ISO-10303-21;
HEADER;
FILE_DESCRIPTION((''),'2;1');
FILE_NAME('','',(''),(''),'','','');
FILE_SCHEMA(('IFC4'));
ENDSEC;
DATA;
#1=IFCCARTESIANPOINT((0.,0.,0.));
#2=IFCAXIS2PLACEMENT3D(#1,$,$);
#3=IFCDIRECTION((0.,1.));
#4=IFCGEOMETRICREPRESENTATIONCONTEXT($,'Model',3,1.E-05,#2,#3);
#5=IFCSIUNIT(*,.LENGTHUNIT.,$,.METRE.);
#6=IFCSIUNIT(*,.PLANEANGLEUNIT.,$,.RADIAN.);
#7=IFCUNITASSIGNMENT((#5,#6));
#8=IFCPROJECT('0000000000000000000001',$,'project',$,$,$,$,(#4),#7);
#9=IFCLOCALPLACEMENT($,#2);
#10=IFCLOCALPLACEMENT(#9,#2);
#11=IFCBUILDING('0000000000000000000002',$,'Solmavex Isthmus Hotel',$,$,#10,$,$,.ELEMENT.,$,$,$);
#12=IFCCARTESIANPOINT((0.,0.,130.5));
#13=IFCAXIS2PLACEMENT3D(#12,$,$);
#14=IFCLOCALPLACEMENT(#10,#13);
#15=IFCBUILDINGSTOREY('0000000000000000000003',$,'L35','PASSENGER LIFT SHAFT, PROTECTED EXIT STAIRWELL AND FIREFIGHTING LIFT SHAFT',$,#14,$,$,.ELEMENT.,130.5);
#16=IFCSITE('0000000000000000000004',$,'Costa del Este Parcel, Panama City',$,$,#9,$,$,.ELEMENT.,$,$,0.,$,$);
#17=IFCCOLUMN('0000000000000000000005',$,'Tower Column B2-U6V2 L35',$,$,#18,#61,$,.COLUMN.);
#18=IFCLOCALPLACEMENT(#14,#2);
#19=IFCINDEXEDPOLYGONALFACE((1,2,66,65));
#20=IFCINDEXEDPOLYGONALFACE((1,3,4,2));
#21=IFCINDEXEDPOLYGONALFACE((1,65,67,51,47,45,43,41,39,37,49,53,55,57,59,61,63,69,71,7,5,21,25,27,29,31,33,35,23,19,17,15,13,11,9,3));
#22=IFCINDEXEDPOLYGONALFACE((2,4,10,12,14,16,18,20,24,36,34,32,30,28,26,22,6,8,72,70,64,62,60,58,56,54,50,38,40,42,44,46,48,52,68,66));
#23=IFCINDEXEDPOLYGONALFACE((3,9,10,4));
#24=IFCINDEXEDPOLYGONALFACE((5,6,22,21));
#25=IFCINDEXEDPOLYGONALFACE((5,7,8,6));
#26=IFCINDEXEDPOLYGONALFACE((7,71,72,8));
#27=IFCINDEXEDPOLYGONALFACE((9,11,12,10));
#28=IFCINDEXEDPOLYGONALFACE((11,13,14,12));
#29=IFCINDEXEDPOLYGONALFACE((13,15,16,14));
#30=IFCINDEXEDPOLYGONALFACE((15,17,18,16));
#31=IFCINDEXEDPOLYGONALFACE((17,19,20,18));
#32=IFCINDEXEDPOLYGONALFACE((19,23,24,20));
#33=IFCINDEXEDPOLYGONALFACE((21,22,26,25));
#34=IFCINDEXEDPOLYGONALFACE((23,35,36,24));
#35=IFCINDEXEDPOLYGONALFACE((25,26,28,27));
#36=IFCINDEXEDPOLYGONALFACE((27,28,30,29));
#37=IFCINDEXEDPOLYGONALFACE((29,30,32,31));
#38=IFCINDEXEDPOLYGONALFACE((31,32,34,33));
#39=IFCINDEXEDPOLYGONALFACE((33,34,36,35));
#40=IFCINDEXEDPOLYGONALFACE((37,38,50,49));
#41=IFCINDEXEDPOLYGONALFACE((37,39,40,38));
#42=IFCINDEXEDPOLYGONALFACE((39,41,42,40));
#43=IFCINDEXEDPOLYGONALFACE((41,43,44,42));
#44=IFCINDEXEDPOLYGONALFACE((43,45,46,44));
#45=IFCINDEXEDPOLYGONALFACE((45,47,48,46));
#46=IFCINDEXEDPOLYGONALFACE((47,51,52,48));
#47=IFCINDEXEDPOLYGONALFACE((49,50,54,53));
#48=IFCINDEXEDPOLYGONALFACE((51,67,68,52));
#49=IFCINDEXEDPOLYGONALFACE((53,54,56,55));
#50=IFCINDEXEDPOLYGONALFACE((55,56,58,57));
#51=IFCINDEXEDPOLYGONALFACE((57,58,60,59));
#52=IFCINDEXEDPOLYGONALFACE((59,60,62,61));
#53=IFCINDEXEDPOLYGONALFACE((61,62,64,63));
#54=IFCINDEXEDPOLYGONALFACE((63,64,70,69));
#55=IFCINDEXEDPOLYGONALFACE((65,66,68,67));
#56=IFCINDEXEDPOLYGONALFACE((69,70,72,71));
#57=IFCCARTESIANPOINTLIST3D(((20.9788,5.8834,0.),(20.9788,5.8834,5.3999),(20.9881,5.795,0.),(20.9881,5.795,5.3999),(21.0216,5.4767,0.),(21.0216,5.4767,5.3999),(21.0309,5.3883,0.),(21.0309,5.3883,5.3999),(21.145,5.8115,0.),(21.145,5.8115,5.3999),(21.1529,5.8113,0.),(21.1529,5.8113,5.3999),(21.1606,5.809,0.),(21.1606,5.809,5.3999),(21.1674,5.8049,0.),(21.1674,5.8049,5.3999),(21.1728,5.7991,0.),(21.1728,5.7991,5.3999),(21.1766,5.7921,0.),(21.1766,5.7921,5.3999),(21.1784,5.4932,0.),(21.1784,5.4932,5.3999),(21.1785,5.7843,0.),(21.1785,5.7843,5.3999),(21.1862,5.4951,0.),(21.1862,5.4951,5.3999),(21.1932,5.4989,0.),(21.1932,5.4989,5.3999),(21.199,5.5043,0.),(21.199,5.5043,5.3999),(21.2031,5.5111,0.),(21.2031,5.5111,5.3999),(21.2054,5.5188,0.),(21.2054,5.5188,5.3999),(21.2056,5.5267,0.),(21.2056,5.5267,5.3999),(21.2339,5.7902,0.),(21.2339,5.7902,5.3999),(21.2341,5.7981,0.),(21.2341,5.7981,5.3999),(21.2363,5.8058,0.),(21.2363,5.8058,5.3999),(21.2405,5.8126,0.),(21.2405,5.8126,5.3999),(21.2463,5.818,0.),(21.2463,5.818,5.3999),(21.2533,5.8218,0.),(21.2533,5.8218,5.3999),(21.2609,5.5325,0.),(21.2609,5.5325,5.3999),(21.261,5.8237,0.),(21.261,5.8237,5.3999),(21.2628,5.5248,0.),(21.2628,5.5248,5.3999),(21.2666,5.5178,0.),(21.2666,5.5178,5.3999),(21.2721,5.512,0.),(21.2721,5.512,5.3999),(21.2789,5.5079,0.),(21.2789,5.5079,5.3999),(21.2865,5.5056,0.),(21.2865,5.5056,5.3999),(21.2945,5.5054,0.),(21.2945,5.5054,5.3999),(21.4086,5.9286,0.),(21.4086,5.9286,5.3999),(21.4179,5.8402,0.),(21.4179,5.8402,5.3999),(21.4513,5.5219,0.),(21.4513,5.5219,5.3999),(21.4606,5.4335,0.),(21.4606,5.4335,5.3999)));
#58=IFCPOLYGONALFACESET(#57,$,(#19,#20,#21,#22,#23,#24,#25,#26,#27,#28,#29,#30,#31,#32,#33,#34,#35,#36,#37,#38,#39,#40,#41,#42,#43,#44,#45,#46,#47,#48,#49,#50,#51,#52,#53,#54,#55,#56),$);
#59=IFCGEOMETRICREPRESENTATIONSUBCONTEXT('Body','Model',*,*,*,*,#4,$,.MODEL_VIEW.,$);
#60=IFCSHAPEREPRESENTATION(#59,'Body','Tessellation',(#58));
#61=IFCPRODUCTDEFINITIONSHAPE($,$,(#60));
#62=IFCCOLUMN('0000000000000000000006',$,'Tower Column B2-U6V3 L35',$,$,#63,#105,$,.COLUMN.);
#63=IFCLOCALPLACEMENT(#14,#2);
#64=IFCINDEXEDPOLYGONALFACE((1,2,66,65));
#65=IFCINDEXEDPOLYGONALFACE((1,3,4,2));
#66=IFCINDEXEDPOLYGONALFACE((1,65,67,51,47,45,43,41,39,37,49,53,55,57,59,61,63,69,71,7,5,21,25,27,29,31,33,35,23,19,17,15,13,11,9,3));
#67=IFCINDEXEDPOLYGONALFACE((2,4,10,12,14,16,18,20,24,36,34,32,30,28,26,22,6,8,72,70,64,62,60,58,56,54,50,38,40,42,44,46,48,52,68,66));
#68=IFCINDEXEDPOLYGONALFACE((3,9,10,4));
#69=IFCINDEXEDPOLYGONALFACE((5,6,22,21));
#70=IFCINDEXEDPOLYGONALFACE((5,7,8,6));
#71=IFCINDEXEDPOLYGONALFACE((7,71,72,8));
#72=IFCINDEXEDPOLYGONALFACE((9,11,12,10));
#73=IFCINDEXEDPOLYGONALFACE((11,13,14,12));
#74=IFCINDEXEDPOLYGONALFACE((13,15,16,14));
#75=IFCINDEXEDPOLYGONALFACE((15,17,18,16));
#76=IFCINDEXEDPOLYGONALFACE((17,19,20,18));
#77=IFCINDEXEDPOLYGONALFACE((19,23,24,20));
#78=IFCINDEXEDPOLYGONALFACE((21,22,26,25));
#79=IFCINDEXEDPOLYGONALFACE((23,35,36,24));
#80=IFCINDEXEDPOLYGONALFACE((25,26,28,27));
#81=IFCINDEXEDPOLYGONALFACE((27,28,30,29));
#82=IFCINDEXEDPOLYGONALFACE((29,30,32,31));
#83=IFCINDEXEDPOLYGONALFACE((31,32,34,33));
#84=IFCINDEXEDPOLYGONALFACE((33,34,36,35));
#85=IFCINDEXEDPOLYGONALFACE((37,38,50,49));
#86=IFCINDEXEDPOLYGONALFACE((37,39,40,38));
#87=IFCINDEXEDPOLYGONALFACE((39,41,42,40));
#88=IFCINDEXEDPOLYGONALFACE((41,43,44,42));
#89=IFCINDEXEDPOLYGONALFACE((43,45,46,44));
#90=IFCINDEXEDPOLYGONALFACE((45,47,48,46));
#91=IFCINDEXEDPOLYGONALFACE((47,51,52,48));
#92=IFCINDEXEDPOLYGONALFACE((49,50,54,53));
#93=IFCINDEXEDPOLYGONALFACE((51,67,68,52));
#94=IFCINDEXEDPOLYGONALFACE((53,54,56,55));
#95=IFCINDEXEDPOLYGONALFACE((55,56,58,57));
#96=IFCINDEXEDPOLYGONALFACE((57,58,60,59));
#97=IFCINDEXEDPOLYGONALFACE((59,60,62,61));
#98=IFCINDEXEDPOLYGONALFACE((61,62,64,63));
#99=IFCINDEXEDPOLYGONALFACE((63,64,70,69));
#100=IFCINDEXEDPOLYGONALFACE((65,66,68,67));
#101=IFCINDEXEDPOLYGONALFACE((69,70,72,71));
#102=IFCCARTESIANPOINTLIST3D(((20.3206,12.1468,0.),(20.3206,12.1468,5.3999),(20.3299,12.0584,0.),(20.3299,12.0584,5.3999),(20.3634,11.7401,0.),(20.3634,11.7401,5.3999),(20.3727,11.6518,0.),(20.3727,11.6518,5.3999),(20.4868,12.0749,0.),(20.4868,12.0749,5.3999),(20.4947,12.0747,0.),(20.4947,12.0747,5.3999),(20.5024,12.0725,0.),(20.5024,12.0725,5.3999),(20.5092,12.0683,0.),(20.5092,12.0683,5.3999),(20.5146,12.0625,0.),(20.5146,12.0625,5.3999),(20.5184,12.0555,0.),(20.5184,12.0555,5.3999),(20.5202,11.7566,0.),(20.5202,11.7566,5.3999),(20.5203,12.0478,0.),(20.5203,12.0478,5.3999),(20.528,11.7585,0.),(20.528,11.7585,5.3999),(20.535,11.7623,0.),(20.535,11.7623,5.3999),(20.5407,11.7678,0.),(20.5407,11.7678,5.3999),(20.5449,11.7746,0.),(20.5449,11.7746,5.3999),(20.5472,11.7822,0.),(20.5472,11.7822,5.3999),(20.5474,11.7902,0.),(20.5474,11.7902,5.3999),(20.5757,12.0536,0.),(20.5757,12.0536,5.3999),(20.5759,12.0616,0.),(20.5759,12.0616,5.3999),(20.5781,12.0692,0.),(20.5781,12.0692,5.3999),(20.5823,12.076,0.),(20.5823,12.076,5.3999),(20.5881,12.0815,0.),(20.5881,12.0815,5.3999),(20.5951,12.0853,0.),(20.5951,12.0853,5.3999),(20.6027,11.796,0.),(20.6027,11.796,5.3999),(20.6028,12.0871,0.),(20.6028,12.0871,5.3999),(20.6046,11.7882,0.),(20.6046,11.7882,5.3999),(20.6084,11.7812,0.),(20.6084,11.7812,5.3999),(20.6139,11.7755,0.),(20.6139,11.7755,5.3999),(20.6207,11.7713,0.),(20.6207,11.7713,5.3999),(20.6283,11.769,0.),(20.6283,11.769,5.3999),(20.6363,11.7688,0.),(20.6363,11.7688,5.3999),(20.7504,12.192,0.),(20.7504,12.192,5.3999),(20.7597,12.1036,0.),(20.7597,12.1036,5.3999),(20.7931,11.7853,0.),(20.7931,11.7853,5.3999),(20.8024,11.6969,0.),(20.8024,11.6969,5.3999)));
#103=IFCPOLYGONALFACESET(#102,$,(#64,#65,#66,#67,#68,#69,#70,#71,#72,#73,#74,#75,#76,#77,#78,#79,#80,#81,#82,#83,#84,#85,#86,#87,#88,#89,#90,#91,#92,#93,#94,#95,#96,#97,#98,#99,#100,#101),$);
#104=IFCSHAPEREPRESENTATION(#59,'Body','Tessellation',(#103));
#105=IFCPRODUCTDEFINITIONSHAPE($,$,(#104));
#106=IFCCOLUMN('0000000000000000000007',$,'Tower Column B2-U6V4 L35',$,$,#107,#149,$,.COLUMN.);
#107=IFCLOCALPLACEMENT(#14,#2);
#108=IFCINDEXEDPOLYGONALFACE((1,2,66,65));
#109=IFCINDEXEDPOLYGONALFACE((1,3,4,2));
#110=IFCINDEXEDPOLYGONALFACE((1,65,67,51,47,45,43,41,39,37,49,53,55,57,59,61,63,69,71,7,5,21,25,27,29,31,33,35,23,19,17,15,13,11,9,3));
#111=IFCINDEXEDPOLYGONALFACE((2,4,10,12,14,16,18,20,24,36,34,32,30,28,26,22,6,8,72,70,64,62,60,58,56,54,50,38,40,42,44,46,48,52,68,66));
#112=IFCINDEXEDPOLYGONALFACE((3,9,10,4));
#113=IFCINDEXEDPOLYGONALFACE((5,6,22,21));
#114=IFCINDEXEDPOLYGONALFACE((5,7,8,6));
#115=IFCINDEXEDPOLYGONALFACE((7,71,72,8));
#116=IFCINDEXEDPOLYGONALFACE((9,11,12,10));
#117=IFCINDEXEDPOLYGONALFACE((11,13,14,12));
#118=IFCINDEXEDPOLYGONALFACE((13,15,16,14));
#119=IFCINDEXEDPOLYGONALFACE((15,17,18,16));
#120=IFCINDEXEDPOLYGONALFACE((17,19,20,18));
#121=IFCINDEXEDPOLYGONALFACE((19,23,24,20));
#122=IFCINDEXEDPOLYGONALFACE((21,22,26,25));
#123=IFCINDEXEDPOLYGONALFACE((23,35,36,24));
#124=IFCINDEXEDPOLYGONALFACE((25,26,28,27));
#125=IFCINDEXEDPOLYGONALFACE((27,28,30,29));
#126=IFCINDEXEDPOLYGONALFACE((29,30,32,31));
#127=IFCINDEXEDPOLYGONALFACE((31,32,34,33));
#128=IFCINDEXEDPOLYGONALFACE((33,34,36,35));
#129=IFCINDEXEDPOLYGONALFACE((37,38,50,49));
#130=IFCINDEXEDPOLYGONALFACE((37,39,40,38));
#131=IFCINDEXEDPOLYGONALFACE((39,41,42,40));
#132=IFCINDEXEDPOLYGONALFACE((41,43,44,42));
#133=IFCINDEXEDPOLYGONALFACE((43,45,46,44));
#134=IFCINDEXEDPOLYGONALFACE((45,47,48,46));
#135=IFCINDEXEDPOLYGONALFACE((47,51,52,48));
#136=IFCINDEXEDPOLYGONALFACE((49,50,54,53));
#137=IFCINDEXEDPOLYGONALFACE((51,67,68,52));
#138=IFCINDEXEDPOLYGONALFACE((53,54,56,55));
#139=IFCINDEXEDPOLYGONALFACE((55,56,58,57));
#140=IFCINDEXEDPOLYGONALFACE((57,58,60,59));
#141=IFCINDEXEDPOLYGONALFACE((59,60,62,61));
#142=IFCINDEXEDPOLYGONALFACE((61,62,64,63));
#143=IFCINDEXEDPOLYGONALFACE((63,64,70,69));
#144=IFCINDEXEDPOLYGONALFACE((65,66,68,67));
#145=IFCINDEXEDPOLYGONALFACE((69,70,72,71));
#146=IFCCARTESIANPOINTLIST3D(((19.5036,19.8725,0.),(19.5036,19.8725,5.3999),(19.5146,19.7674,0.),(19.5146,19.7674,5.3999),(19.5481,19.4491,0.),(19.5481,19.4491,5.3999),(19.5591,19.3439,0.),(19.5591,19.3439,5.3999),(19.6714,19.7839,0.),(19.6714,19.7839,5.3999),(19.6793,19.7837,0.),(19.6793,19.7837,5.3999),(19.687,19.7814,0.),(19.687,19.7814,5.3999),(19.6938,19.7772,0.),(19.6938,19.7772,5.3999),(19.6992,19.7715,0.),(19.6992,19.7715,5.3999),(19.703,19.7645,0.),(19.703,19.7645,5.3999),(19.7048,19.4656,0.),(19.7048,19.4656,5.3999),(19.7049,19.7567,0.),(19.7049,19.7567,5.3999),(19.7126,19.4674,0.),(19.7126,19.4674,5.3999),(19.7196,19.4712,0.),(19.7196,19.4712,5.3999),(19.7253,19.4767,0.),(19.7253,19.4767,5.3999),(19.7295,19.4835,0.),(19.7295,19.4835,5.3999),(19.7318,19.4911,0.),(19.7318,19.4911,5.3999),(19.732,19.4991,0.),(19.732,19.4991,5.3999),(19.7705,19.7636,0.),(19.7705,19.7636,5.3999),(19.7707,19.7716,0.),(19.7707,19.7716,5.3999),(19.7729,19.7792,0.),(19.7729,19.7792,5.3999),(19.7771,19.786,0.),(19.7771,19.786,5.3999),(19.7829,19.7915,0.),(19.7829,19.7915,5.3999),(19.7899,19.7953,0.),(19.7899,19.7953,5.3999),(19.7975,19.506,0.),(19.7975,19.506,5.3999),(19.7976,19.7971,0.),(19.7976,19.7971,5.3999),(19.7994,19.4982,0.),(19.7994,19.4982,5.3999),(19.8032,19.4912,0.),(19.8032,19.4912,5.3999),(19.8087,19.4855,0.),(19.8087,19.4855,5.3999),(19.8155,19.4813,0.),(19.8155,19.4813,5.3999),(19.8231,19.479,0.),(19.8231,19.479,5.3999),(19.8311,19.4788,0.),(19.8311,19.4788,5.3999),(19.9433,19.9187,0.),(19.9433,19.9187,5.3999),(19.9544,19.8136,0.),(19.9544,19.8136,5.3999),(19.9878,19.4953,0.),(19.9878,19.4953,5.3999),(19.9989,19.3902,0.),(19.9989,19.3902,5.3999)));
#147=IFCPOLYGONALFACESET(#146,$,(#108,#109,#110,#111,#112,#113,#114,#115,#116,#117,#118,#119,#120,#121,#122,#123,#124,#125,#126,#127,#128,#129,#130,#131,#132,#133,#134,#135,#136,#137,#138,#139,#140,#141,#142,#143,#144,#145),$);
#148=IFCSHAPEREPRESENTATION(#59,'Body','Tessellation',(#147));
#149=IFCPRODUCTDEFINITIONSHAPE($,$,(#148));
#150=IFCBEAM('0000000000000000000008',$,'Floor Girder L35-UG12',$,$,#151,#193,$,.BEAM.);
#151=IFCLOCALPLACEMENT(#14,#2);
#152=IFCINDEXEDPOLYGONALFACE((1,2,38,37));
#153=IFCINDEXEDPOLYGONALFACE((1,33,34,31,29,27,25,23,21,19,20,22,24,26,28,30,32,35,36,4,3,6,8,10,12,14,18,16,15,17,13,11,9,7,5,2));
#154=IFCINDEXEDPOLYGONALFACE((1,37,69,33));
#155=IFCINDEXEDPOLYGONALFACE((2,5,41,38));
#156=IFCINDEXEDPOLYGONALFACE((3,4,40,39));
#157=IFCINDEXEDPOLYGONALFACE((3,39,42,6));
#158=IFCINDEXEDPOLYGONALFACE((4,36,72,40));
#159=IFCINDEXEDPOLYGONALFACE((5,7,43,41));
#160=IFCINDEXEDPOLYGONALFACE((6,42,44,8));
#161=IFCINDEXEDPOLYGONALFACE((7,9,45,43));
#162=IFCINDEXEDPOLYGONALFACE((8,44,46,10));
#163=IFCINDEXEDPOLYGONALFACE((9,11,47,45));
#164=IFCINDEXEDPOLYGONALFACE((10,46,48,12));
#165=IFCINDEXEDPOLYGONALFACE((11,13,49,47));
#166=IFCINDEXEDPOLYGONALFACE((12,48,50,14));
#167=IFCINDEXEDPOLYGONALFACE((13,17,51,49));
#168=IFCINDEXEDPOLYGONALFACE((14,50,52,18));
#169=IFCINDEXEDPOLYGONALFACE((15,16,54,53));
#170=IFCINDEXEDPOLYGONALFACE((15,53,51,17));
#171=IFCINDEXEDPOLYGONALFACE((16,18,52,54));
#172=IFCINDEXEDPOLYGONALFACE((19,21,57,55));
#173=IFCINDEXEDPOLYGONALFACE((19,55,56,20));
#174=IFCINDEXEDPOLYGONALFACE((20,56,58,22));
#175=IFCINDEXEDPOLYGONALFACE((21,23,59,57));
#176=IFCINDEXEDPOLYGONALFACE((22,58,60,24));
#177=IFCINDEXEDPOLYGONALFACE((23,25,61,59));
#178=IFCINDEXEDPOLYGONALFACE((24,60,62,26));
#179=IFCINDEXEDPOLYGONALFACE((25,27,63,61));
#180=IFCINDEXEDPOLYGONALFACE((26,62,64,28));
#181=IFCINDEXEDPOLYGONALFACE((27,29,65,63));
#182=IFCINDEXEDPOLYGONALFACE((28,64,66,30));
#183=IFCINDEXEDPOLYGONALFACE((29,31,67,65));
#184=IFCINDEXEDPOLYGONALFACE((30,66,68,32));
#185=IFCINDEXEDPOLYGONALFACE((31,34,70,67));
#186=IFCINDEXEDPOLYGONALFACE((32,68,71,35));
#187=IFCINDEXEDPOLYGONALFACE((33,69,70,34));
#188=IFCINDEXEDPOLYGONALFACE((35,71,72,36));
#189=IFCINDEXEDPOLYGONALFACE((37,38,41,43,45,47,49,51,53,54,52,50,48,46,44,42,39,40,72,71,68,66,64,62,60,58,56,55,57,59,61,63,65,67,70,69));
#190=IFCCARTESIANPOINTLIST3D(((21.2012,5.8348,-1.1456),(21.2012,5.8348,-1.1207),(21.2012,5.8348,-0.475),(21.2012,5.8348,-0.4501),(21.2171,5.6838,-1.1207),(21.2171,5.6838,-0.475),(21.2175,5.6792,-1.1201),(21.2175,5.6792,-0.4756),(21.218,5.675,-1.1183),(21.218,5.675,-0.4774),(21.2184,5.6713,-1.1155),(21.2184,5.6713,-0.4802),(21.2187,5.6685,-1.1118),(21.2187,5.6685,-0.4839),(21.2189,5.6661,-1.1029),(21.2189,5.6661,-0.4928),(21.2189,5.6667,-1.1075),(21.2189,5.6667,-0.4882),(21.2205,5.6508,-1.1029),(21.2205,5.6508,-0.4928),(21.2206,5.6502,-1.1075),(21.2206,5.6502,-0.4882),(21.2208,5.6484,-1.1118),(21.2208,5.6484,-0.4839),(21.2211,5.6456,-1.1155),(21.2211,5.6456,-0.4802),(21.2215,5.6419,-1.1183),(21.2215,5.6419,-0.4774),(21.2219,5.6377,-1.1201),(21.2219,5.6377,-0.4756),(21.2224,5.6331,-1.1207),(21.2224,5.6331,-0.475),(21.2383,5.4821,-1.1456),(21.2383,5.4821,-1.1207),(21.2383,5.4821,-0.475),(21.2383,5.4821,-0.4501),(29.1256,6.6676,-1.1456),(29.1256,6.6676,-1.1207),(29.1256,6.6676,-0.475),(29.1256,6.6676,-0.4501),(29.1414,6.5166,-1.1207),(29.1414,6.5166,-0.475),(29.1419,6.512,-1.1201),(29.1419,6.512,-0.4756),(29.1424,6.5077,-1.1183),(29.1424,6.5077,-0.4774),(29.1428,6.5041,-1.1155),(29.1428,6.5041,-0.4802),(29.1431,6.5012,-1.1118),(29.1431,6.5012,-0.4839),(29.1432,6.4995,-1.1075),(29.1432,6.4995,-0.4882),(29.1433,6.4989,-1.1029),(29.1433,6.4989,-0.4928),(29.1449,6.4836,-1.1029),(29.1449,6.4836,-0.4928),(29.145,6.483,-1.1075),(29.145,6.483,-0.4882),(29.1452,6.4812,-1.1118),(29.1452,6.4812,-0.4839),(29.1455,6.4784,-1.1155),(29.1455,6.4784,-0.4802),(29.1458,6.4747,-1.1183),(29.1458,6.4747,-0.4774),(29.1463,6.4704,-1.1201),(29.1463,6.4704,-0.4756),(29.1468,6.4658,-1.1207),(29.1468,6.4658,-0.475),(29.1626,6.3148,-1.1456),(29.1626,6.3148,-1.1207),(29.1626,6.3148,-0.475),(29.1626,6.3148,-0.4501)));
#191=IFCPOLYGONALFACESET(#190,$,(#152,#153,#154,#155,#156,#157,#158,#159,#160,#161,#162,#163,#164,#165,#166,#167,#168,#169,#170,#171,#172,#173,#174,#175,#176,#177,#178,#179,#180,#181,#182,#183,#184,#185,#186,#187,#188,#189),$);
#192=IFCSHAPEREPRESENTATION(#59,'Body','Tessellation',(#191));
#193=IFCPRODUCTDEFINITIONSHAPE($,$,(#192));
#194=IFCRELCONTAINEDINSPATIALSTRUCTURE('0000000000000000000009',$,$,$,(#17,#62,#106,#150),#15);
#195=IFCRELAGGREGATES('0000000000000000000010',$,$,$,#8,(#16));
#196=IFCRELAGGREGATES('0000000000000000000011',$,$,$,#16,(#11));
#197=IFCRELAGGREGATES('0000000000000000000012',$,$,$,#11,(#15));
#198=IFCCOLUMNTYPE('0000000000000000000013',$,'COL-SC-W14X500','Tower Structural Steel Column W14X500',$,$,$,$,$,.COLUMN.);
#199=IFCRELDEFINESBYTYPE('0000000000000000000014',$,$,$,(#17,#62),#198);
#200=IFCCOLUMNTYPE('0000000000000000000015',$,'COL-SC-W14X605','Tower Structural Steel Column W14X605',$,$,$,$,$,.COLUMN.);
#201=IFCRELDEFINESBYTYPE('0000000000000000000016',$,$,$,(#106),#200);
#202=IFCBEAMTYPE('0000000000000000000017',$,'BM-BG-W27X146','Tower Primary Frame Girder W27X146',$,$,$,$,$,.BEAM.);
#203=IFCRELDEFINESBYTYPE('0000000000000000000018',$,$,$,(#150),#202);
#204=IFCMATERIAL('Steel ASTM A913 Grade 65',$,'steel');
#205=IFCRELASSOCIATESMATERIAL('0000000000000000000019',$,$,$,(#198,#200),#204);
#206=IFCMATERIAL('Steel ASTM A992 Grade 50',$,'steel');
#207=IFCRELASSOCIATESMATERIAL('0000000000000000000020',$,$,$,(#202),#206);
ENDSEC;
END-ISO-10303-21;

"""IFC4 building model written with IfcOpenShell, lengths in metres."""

from ifc_helpers import new_model, si_unit, direction, frame, origin, origin_2d, place, context, subcontext, project, spatial, i_section, extrude, material, material_profile, profile_set, type_object, element, save


model = new_model("IFC4")

# Units and contexts
model_context = context("Model", 3, precision=1e-05, world=origin(), true_north=direction((0.0, 1.0)))
body_context = subcontext(model_context, "Body", "Model", "MODEL_VIEW")
ifc_project = project(units=[si_unit("LENGTHUNIT", "METRE"), si_unit("PLANEANGLEUNIT", "RADIAN")], contexts=[model_context])

# Site, building, storey
site_placement = place(None, origin())
site = spatial("IfcSite", under=ifc_project, at=site_placement, Name="Costa del Este Parcel, Panama City", CompositionType="ELEMENT", RefElevation=0.0)
building_placement = place(site_placement, origin())
building = spatial("IfcBuilding", under=site, at=building_placement, Name="Solmavex Isthmus Hotel", CompositionType="ELEMENT")
storey_placement = place(building_placement, frame((0.0, 0.0, 130.5)))
storey = spatial("IfcBuildingStorey", under=building, at=storey_placement, Name="L35", Description="PASSENGER LIFT SHAFT, PROTECTED EXIT STAIRWELL AND FIREFIGHTING LIFT SHAFT", CompositionType="ELEMENT", Elevation=130.5)

# Columns
ifc_material_1 = material(Name="Steel ASTM A913 Grade 65", Category="steel")
ifc_material_profile_1 = material_profile(ifc_material_1, i_section(OverallWidth=0.4321, OverallDepth=0.4978, WebThickness=0.0557, FlangeThickness=0.0889, FilletRadius=0.0305, at=origin_2d()), Name="W14X500")
ifc_profile_set_1 = profile_set([ifc_material_profile_1], Name="Steel ASTM A913 Grade 65")
column_type_1 = type_object("IfcColumnType", Name="COL-SC-W14X500", Description="Tower Structural Steel Column W14X500", PredefinedType="COLUMN", material=ifc_profile_set_1)
for number, where, z_axis, x_axis, name in (
    (1, (21.2197, 5.6584, 0.0), (0.0, 0.0, 1.0), (0.994522, 0.104528, 0.0), "Tower Column B2-U6V2 L35"),
    (2, (20.5615, 11.9219, 0.0), (0.0, 0.0, 1.0), (0.994522, 0.104528, 0.0), "Tower Column B2-U6V3 L35"),
):
    element("IfcColumn", number, at=place(storey_placement, frame(where, z_axis=z_axis, x_axis=x_axis)), inside=storey, type_object=column_type_1, Name=name, PredefinedType="COLUMN", context=body_context, shape_type="SweptSolid", body=[
        extrude(i_section(OverallWidth=0.4321, OverallDepth=0.4978, WebThickness=0.0557, FlangeThickness=0.0889, FilletRadius=0.0305, at=origin_2d()), origin(), (0.0, 0.0, 1.0), 5.3999),
    ])
ifc_material_profile_2 = material_profile(ifc_material_1, i_section(OverallWidth=0.4421, OverallDepth=0.5315, WebThickness=0.0659, FlangeThickness=0.1057, FilletRadius=0.0305, at=origin_2d()), Name="W14X605")
ifc_profile_set_2 = profile_set([ifc_material_profile_2], Name="Steel ASTM A913 Grade 65")
column_type_2 = type_object("IfcColumnType", Name="COL-SC-W14X605", Description="Tower Structural Steel Column W14X605", PredefinedType="COLUMN", material=ifc_profile_set_2)
column_placement = place(storey_placement, frame((19.7512, 19.6313, 0.0), z_axis=(0.0, 0.0, 1.0), x_axis=(0.994522, 0.104528, 0.0)))
element("IfcColumn", 3, at=column_placement, inside=storey, type_object=column_type_2, Name="Tower Column B2-U6V4 L35", PredefinedType="COLUMN", context=body_context, shape_type="SweptSolid", body=[
    extrude(i_section(OverallWidth=0.4421, OverallDepth=0.5315, WebThickness=0.0659, FlangeThickness=0.1057, FilletRadius=0.0305, at=origin_2d()), origin(), (0.0, 0.0, 1.0), 5.3999),
])

# Beam
ifc_material_2 = material(Name="Steel ASTM A992 Grade 50", Category="steel")
ifc_material_profile_3 = material_profile(ifc_material_2, i_section(OverallWidth=0.3547, OverallDepth=0.6956, WebThickness=0.0154, FlangeThickness=0.0249, FilletRadius=0.0178, at=origin_2d()), Name="W27X146")
ifc_profile_set_3 = profile_set([ifc_material_profile_3], Name="Steel ASTM A992 Grade 50")
beam_type_1 = type_object("IfcBeamType", Name="BM-BG-W27X146", Description="Tower Primary Frame Girder W27X146", PredefinedType="BEAM", material=ifc_profile_set_3)
for number, where, z_axis, x_axis, name in (
    (4, (21.2197, 5.6584, -0.7979), (0.994523, 0.104514, 0.0), (-0.104514, 0.994523, 0.0), "Floor Girder L35-UG12"),
):
    element("IfcBeam", number, at=place(storey_placement, frame(where, z_axis=z_axis, x_axis=x_axis)), inside=storey, type_object=beam_type_1, Name=name, PredefinedType="BEAM", context=body_context, shape_type="SweptSolid", body=[
        extrude(i_section(OverallWidth=0.3547, OverallDepth=0.6956, WebThickness=0.0154, FlangeThickness=0.0249, FilletRadius=0.0178, at=origin_2d()), origin(), (0.0, 0.0, 1.0), 7.968),
    ])

save(model, "model.ifc")
